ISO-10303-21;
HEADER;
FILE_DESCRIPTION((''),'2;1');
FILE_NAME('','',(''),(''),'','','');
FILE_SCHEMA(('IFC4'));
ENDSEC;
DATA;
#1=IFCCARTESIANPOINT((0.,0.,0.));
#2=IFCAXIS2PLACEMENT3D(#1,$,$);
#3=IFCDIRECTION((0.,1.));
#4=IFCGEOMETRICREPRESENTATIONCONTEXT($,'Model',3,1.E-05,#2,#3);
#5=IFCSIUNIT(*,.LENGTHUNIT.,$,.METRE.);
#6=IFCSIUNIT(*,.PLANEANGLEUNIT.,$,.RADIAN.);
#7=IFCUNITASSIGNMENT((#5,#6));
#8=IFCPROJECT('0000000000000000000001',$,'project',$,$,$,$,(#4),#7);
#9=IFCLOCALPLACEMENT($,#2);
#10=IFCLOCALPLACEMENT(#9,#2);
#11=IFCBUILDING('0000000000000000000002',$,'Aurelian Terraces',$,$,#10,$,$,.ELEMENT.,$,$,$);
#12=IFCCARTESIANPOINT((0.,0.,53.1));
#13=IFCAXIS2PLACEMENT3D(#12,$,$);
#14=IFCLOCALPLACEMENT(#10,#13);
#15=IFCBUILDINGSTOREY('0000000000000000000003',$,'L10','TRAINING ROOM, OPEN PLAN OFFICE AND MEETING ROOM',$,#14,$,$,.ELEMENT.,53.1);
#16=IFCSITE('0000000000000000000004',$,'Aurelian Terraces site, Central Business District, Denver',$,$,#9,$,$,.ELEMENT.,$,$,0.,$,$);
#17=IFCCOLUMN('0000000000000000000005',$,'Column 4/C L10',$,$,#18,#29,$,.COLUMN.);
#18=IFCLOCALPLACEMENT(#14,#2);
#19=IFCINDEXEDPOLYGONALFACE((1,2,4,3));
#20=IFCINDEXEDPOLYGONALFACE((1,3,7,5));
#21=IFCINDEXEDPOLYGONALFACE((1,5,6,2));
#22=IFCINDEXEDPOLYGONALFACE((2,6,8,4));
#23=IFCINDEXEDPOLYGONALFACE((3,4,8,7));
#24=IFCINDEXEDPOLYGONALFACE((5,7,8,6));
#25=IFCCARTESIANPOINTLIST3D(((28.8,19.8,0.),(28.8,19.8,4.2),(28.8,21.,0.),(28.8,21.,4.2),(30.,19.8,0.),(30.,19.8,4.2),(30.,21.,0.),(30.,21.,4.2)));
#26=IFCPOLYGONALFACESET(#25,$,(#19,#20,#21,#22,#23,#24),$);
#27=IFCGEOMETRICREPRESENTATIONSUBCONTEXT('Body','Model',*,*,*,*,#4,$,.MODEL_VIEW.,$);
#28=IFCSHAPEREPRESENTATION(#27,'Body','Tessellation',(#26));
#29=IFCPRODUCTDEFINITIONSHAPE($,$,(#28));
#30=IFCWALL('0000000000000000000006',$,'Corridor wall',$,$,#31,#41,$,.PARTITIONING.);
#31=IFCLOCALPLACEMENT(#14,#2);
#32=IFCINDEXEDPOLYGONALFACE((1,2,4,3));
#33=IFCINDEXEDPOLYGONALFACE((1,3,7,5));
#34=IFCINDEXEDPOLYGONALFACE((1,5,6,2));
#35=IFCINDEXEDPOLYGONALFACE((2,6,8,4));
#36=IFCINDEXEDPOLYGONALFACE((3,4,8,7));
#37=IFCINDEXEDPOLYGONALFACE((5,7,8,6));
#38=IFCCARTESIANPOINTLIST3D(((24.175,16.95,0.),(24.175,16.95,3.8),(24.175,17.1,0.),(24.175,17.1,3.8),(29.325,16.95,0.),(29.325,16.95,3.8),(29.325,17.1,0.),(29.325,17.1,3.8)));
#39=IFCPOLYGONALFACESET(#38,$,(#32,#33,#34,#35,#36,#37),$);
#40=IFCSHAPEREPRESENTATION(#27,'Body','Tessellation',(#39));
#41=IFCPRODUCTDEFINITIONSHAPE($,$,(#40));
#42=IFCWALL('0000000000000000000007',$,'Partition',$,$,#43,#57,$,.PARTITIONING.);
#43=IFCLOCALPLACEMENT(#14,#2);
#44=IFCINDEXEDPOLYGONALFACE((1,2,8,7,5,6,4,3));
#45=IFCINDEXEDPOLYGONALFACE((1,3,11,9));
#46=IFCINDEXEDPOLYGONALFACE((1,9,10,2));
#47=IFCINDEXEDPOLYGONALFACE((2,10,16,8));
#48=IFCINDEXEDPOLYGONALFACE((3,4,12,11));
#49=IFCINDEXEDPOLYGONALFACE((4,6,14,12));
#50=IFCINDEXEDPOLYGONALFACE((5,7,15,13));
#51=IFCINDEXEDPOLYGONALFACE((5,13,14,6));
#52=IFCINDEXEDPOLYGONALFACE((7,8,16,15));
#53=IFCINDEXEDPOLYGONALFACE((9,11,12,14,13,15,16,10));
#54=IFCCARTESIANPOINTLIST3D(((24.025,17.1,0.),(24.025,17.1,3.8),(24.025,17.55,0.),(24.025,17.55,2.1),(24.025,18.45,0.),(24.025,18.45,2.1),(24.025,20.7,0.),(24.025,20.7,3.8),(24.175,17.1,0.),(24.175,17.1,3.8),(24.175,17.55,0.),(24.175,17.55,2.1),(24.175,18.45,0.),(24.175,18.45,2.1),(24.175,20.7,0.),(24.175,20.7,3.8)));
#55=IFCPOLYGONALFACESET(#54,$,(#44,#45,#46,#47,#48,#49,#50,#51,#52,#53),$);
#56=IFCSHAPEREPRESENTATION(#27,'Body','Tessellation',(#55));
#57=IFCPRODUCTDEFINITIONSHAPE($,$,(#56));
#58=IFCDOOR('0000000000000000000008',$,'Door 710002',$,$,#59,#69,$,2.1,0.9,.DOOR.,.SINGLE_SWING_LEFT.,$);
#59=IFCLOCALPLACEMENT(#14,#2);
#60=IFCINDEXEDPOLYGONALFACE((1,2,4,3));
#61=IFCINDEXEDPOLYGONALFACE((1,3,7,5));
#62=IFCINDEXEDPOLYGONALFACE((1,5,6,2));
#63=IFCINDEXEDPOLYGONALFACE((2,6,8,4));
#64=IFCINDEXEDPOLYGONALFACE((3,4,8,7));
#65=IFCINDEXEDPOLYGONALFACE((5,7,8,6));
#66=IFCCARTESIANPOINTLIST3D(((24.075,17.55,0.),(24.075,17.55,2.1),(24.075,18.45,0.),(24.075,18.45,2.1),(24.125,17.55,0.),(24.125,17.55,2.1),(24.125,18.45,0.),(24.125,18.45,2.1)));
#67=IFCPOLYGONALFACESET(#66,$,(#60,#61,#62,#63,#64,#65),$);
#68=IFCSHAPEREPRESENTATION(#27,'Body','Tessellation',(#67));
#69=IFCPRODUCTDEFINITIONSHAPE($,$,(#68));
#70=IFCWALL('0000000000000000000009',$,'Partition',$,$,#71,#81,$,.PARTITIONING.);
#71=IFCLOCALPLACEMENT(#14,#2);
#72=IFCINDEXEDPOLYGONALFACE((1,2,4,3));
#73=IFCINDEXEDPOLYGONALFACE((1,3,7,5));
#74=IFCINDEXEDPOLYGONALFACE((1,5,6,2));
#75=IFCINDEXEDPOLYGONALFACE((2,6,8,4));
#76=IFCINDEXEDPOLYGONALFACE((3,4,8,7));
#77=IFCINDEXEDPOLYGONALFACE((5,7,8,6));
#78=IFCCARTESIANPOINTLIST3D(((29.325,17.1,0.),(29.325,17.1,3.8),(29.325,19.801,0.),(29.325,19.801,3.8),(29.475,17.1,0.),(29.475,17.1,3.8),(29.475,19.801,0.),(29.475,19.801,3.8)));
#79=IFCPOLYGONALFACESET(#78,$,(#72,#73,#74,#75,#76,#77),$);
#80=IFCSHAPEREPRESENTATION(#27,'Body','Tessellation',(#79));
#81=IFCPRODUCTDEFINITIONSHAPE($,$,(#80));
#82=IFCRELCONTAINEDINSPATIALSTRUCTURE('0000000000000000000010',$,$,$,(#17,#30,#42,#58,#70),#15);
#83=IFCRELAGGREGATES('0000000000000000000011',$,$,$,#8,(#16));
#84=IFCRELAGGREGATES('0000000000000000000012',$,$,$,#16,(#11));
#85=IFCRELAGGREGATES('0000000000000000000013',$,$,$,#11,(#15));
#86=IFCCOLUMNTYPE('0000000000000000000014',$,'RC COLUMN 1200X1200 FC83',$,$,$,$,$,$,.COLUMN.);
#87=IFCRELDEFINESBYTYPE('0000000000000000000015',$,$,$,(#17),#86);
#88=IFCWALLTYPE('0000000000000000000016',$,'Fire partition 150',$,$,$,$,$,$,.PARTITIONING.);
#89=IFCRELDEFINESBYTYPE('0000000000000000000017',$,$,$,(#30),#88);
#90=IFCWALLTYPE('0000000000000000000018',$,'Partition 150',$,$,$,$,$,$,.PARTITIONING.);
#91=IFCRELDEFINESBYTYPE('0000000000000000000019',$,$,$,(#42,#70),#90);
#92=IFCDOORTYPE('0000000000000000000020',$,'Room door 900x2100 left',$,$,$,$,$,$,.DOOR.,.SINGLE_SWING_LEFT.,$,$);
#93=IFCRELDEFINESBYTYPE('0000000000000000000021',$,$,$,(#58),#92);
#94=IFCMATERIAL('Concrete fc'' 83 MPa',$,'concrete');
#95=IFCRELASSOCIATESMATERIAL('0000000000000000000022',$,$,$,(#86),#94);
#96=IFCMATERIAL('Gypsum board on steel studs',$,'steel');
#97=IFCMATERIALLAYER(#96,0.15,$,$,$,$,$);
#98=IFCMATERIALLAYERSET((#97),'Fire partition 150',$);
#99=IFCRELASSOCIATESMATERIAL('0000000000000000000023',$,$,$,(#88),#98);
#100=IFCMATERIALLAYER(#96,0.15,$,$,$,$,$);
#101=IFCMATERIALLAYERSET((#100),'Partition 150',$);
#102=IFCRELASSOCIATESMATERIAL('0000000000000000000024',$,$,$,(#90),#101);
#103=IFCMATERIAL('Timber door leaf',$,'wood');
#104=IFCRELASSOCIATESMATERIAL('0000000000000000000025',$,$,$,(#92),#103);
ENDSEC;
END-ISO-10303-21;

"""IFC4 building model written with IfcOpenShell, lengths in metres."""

from ifc_helpers import new_model, si_unit, direction, frame, frame_2d, origin, origin_2d, place, context, subcontext, project, spatial, rectangle, extrude, source, transform, mapped, material, layer, layer_set, material_profile, profile_set, type_object, element, fill, save


model = new_model("IFC4")

# Units and contexts
model_context = context("Model", 3, precision=1e-05, world=origin(), true_north=direction((0.0, 1.0)))
body_context = subcontext(model_context, "Body", "Model", "MODEL_VIEW")
ifc_project = project(units=[si_unit("LENGTHUNIT", "METRE"), si_unit("PLANEANGLEUNIT", "RADIAN")], contexts=[model_context])

# Site, building, storey
site_placement = place(None, origin())
site = spatial("IfcSite", under=ifc_project, at=site_placement, Name="Aurelian Terraces site, Central Business District, Denver", CompositionType="ELEMENT", RefElevation=0.0)
building_placement = place(site_placement, origin())
building = spatial("IfcBuilding", under=site, at=building_placement, Name="Aurelian Terraces", CompositionType="ELEMENT")
storey_placement = place(building_placement, frame((0.0, 0.0, 53.1)))
storey = spatial("IfcBuildingStorey", under=building, at=storey_placement, Name="L10", Description="TRAINING ROOM, OPEN PLAN OFFICE AND MEETING ROOM", CompositionType="ELEMENT", Elevation=53.1)

# Column
ifc_material_1 = material(Name="Concrete fc' 83 MPa", Category="concrete")
ifc_material_profile = material_profile(ifc_material_1, rectangle(XDim=1.2, YDim=1.2, at=origin_2d()))
ifc_profile_set = profile_set([ifc_material_profile], Name="Concrete fc' 83 MPa")
column_type = type_object("IfcColumnType", Name="RC COLUMN 1200X1200 FC83", PredefinedType="COLUMN", material=ifc_profile_set)
shared_shape_1 = source(origin(), body_context, "Body", "SweptSolid", [
    extrude(rectangle(XDim=1.2, YDim=1.2, at=origin_2d()), origin(), (0.0, 0.0, 1.0), 4.2),
])
column_placement = place(storey_placement, frame((29.4, 20.4, 0.0), z_axis=(0.0, 0.0, 1.0), x_axis=(1.0, 0.0, 0.0)))
element("IfcColumn", 1, at=column_placement, inside=storey, type_object=column_type, Name="Column 4/C L10", PredefinedType="COLUMN", context=body_context, shape_type="MappedRepresentation", body=[
    mapped(shared_shape_1, transform((0.0, 0.0, 0.0), scale=1.0)),
])

# Wall
ifc_material_2 = material(Name="Gypsum board on steel studs", Category="steel")
ifc_layer_1 = layer(ifc_material_2, 0.15)
ifc_layer_set_1 = layer_set([ifc_layer_1], Name="Fire partition 150")
wall_type_1 = type_object("IfcWallType", Name="Fire partition 150", PredefinedType="PARTITIONING", material=ifc_layer_set_1)
shared_shape_2 = source(origin(), body_context, "Body", "SweptSolid", [
    extrude(rectangle(XDim=5.15, YDim=0.15, at=frame_2d((2.575, 0.0))), origin(), (0.0, 0.0, 1.0), 3.8),
])
wall_1_placement = place(storey_placement, frame((24.175, 17.025, 0.0), z_axis=(0.0, 0.0, 1.0), x_axis=(1.0, 0.0, 0.0)))
element("IfcWall", 2, at=wall_1_placement, inside=storey, type_object=wall_type_1, Name="Corridor wall", PredefinedType="PARTITIONING", context=body_context, shape_type="MappedRepresentation", body=[
    mapped(shared_shape_2, transform((0.0, 0.0, 0.0), scale=1.0)),
])

# Wall, opening, door
ifc_layer_2 = layer(ifc_material_2, 0.15)
ifc_layer_set_2 = layer_set([ifc_layer_2], Name="Partition 150")
wall_type_2 = type_object("IfcWallType", Name="Partition 150", PredefinedType="PARTITIONING", material=ifc_layer_set_2)
shared_shape_3 = source(origin(), body_context, "Body", "SweptSolid", [
    extrude(rectangle(XDim=3.6, YDim=0.15, at=frame_2d((1.8, 0.0))), origin(), (0.0, 0.0, 1.0), 3.8),
])
wall_2_placement = place(storey_placement, frame((24.1, 20.7, 0.0), z_axis=(0.0, 0.0, 1.0), x_axis=(0.0, -1.0, 0.0)))
wall_2 = element("IfcWall", 3, at=wall_2_placement, inside=storey, type_object=wall_type_2, Name="Partition", PredefinedType="PARTITIONING", context=body_context, shape_type="MappedRepresentation", body=[
    mapped(shared_shape_3, transform((0.0, 0.0, 0.0), scale=1.0)),
])
shared_shape_4 = source(origin(), body_context, "Body", "SweptSolid", [
    extrude(rectangle(XDim=0.9, YDim=2.1, at=frame_2d((0.45, 1.05))), frame((0.0, 0.085, 0.0), z_axis=(0.0, -1.0, 0.0), x_axis=(1.0, 0.0, 0.0)), (0.0, 0.0, 1.0), 0.17),
])
opening_1_placement = place(wall_2_placement, frame((2.25, 0.0, 0.0)))
opening_1 = element("IfcOpeningElement", 4, at=opening_1_placement, cuts=wall_2, PredefinedType="OPENING", context=body_context, shape_type="MappedRepresentation", body=[
    mapped(shared_shape_4, transform((0.0, 0.0, 0.0), scale=1.0)),
])
ifc_material_3 = material(Name="Timber door leaf", Category="wood")
door_type_1 = type_object("IfcDoorType", Name="Room door 900x2100 left", OperationType="SINGLE_SWING_LEFT", PredefinedType="DOOR", material=ifc_material_3)
shared_shape_5 = source(origin(), body_context, "Body", "SweptSolid", [
    extrude(rectangle(XDim=0.9, YDim=2.1, at=frame_2d((0.45, 1.05))), frame((0.0, 0.025, 0.0), z_axis=(0.0, -1.0, 0.0), x_axis=(1.0, 0.0, 0.0)), (0.0, 0.0, 1.0), 0.05),
])
door_1_placement = place(opening_1_placement, origin())
door_1 = element("IfcDoor", 5, at=door_1_placement, inside=storey, type_object=door_type_1, Name="Door 710002", OperationType="SINGLE_SWING_LEFT", OverallHeight=2.1, OverallWidth=0.9, PredefinedType="DOOR", context=body_context, shape_type="MappedRepresentation", body=[
    mapped(shared_shape_5, transform((0.0, 0.0, 0.0), scale=1.0)),
])
fill(opening_1, door_1)

# Wall
shared_shape_6 = source(origin(), body_context, "Body", "SweptSolid", [
    extrude(rectangle(XDim=2.701, YDim=0.15, at=frame_2d((1.3505, 0.0))), origin(), (0.0, 0.0, 1.0), 3.8),
])
wall_3_placement = place(storey_placement, frame((29.4, 17.1, 0.0), z_axis=(0.0, 0.0, 1.0), x_axis=(0.0, 1.0, 0.0)))
element("IfcWall", 6, at=wall_3_placement, inside=storey, type_object=wall_type_2, Name="Partition", PredefinedType="PARTITIONING", context=body_context, shape_type="MappedRepresentation", body=[
    mapped(shared_shape_6, transform((0.0, 0.0, 0.0), scale=1.0)),
])

save(model, "model.ifc")
